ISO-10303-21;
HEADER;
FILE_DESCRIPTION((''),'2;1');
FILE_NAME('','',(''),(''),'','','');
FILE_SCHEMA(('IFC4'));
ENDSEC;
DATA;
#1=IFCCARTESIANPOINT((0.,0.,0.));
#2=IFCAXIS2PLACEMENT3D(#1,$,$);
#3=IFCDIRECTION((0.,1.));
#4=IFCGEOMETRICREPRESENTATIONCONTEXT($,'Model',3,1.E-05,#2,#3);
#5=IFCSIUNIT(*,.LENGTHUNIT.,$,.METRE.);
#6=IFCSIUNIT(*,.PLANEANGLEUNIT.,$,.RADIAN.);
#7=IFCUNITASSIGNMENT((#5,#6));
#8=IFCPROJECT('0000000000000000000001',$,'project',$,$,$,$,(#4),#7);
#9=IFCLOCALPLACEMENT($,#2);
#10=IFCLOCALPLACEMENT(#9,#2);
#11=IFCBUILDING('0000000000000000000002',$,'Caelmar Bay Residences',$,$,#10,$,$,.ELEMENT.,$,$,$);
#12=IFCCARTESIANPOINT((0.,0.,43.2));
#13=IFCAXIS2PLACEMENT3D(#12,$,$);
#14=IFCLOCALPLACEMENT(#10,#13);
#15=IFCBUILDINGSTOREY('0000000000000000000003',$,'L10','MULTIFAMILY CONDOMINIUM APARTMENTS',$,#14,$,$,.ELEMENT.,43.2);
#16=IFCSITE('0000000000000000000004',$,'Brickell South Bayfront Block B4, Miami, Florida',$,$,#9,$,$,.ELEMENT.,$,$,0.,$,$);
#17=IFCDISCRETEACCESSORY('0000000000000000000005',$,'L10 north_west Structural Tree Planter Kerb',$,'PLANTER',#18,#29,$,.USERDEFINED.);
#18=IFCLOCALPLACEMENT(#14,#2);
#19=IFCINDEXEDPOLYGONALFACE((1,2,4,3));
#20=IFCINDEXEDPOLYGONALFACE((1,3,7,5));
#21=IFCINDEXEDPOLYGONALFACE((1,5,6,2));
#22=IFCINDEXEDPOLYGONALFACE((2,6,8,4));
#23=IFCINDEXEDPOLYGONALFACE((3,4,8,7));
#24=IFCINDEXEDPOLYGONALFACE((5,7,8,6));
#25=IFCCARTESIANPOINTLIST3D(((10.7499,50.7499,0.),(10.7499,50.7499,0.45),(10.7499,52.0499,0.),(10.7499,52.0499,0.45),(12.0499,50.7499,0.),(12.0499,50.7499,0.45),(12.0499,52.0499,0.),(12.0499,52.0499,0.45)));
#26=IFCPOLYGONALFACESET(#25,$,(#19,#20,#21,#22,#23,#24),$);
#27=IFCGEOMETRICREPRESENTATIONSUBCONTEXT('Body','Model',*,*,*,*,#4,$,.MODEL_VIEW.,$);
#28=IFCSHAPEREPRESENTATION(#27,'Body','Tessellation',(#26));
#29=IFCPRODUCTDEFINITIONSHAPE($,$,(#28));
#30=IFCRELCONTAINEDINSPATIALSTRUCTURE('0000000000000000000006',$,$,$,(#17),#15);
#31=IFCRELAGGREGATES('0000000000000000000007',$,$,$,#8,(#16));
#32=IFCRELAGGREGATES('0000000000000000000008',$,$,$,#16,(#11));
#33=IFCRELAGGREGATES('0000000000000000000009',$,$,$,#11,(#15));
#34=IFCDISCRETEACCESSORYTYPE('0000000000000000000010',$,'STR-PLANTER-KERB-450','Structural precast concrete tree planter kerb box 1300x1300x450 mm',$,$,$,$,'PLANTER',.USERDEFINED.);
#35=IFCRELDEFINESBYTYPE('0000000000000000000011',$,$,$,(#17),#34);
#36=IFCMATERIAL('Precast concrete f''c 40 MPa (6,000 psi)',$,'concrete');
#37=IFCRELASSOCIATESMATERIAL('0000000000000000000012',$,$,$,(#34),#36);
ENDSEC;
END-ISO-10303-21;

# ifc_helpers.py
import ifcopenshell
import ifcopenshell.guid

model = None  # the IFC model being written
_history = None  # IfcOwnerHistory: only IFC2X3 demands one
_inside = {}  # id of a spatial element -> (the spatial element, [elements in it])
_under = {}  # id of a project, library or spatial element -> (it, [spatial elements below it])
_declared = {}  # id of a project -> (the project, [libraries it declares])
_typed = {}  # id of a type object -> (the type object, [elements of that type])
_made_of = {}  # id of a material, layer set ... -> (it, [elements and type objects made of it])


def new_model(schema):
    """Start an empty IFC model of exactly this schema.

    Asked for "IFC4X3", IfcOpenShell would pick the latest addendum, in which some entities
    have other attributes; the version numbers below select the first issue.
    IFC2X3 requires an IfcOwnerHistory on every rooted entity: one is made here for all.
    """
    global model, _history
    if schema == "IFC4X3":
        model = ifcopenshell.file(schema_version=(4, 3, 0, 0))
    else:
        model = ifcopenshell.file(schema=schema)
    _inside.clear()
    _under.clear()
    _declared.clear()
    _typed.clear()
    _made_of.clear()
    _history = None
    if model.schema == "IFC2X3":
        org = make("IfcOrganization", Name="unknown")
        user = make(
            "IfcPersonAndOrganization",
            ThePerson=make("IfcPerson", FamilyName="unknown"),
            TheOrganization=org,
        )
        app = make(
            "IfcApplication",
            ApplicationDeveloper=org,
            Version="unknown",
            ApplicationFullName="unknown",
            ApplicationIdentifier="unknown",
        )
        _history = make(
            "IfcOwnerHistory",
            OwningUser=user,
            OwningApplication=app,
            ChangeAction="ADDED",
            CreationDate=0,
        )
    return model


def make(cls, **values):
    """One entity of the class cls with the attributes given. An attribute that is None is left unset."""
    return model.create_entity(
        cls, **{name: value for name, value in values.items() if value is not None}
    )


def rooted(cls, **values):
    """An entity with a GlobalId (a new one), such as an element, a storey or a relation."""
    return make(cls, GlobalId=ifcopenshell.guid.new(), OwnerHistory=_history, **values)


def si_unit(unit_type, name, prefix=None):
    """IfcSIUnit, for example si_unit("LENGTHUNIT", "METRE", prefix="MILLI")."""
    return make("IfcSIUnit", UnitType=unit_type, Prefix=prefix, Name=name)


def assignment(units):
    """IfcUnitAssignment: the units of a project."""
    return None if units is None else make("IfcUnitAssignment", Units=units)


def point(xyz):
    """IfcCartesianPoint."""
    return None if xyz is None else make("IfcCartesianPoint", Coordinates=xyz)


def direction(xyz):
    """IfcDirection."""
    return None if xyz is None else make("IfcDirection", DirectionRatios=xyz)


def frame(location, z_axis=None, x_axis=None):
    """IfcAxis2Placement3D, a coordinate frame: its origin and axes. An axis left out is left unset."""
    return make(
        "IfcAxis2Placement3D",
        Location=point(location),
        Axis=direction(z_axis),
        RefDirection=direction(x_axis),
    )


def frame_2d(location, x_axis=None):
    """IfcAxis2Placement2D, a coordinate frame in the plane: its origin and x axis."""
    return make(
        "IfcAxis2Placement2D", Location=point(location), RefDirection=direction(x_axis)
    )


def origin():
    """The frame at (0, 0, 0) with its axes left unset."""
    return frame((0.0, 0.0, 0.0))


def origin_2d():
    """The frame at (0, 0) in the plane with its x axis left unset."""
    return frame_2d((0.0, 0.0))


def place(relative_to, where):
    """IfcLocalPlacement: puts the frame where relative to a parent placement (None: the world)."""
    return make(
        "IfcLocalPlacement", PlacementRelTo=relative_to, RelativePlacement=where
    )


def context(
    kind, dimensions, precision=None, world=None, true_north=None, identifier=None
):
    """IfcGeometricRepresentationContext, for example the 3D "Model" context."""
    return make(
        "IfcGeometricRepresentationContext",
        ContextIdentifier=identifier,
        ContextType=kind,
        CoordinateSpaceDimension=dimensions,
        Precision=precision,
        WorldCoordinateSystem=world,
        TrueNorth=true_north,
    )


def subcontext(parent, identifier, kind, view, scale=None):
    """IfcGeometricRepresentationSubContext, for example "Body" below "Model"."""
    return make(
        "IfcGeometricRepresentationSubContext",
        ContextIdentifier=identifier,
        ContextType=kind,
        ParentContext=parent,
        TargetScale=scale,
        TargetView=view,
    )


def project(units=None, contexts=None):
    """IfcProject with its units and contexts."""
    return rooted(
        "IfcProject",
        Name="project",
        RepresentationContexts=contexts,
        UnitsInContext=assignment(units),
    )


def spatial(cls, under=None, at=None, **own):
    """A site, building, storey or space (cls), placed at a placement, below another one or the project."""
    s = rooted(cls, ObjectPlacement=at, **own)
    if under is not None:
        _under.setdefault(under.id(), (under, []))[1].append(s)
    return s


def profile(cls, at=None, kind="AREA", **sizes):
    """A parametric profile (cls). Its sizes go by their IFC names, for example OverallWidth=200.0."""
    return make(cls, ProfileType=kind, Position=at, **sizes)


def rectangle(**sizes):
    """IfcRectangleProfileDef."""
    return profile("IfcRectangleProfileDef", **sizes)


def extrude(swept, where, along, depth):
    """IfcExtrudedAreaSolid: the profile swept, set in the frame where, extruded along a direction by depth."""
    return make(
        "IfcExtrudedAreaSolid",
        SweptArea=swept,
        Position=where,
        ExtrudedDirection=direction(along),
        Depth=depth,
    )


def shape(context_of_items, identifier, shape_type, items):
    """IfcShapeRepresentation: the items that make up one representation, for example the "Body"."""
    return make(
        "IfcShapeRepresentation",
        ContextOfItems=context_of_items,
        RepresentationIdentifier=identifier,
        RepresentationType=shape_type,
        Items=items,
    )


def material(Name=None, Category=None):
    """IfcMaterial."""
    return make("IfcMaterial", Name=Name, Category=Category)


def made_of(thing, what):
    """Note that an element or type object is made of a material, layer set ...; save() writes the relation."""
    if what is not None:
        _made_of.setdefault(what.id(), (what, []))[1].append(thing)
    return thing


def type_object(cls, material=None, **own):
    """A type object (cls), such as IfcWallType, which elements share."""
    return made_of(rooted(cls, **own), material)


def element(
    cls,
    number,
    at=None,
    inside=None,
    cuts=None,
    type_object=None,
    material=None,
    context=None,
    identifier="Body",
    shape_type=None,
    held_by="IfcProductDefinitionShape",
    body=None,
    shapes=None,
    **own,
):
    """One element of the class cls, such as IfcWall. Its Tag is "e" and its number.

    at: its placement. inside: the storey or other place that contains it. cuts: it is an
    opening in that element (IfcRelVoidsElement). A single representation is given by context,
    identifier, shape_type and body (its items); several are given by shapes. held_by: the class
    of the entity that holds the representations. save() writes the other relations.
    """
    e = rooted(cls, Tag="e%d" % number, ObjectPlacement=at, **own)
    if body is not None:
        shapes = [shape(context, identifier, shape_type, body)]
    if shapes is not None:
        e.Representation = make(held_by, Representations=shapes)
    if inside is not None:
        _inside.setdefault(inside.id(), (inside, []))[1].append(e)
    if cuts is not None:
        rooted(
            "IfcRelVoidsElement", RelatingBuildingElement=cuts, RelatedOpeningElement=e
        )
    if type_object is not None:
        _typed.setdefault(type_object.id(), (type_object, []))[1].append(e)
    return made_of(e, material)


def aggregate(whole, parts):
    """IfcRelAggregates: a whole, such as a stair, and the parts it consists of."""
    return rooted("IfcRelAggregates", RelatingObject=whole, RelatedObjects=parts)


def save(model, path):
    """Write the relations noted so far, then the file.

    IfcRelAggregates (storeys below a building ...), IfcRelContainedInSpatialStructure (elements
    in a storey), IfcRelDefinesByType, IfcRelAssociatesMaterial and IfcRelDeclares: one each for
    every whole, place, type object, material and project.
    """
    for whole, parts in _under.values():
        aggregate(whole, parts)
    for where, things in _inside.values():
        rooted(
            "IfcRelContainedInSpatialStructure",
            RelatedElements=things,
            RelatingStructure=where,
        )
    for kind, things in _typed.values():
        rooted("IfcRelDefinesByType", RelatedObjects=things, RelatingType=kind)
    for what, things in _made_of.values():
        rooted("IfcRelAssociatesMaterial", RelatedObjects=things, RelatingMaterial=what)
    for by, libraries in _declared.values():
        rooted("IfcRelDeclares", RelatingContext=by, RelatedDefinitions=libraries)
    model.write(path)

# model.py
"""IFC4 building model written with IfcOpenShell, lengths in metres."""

from ifc_helpers import new_model, si_unit, direction, frame, origin, origin_2d, place, context, subcontext, project, spatial, rectangle, extrude, material, type_object, element, save


model = new_model("IFC4")

# Units and contexts
model_context = context("Model", 3, precision=1e-05, world=origin(), true_north=direction((0.0, 1.0)))
body_context = subcontext(model_context, "Body", "Model", "MODEL_VIEW")
ifc_project = project(units=[si_unit("LENGTHUNIT", "METRE"), si_unit("PLANEANGLEUNIT", "RADIAN")], contexts=[model_context])

# Site, building, storey
site_placement = place(None, origin())
site = spatial("IfcSite", under=ifc_project, at=site_placement, Name="Brickell South Bayfront Block B4, Miami, Florida", CompositionType="ELEMENT", RefElevation=0.0)
building_placement = place(site_placement, origin())
building = spatial("IfcBuilding", under=site, at=building_placement, Name="Caelmar Bay Residences", CompositionType="ELEMENT")
storey_placement = place(building_placement, frame((0.0, 0.0, 43.2)))
storey = spatial("IfcBuildingStorey", under=building, at=storey_placement, Name="L10", Description="MULTIFAMILY CONDOMINIUM APARTMENTS", CompositionType="ELEMENT", Elevation=43.2)

# Shared definitions
ifc_material_1 = material(Name="Precast concrete f'c 40 MPa (6,000 psi)", Category="concrete")

# Discrete accessory
discrete_accessory_type = type_object("IfcDiscreteAccessoryType", Name="STR-PLANTER-KERB-450", Description="Structural precast concrete tree planter kerb box 1300x1300x450 mm", ElementType="PLANTER", PredefinedType="USERDEFINED", material=ifc_material_1)
discrete_accessory_placement = place(storey_placement, frame((11.3999, 51.3999, 0.0), z_axis=(0.0, 0.0, 1.0), x_axis=(1.0, 0.0, 0.0)))
element("IfcDiscreteAccessory", 1, at=discrete_accessory_placement, inside=storey, type_object=discrete_accessory_type, Name="L10 north_west Structural Tree Planter Kerb", ObjectType="PLANTER", PredefinedType="USERDEFINED", context=body_context, shape_type="SweptSolid", body=[
    extrude(rectangle(XDim=1.3, YDim=1.3, at=origin_2d()), origin(), (0.0, 0.0, 1.0), 0.45),
])

save(model, "model.ifc")
